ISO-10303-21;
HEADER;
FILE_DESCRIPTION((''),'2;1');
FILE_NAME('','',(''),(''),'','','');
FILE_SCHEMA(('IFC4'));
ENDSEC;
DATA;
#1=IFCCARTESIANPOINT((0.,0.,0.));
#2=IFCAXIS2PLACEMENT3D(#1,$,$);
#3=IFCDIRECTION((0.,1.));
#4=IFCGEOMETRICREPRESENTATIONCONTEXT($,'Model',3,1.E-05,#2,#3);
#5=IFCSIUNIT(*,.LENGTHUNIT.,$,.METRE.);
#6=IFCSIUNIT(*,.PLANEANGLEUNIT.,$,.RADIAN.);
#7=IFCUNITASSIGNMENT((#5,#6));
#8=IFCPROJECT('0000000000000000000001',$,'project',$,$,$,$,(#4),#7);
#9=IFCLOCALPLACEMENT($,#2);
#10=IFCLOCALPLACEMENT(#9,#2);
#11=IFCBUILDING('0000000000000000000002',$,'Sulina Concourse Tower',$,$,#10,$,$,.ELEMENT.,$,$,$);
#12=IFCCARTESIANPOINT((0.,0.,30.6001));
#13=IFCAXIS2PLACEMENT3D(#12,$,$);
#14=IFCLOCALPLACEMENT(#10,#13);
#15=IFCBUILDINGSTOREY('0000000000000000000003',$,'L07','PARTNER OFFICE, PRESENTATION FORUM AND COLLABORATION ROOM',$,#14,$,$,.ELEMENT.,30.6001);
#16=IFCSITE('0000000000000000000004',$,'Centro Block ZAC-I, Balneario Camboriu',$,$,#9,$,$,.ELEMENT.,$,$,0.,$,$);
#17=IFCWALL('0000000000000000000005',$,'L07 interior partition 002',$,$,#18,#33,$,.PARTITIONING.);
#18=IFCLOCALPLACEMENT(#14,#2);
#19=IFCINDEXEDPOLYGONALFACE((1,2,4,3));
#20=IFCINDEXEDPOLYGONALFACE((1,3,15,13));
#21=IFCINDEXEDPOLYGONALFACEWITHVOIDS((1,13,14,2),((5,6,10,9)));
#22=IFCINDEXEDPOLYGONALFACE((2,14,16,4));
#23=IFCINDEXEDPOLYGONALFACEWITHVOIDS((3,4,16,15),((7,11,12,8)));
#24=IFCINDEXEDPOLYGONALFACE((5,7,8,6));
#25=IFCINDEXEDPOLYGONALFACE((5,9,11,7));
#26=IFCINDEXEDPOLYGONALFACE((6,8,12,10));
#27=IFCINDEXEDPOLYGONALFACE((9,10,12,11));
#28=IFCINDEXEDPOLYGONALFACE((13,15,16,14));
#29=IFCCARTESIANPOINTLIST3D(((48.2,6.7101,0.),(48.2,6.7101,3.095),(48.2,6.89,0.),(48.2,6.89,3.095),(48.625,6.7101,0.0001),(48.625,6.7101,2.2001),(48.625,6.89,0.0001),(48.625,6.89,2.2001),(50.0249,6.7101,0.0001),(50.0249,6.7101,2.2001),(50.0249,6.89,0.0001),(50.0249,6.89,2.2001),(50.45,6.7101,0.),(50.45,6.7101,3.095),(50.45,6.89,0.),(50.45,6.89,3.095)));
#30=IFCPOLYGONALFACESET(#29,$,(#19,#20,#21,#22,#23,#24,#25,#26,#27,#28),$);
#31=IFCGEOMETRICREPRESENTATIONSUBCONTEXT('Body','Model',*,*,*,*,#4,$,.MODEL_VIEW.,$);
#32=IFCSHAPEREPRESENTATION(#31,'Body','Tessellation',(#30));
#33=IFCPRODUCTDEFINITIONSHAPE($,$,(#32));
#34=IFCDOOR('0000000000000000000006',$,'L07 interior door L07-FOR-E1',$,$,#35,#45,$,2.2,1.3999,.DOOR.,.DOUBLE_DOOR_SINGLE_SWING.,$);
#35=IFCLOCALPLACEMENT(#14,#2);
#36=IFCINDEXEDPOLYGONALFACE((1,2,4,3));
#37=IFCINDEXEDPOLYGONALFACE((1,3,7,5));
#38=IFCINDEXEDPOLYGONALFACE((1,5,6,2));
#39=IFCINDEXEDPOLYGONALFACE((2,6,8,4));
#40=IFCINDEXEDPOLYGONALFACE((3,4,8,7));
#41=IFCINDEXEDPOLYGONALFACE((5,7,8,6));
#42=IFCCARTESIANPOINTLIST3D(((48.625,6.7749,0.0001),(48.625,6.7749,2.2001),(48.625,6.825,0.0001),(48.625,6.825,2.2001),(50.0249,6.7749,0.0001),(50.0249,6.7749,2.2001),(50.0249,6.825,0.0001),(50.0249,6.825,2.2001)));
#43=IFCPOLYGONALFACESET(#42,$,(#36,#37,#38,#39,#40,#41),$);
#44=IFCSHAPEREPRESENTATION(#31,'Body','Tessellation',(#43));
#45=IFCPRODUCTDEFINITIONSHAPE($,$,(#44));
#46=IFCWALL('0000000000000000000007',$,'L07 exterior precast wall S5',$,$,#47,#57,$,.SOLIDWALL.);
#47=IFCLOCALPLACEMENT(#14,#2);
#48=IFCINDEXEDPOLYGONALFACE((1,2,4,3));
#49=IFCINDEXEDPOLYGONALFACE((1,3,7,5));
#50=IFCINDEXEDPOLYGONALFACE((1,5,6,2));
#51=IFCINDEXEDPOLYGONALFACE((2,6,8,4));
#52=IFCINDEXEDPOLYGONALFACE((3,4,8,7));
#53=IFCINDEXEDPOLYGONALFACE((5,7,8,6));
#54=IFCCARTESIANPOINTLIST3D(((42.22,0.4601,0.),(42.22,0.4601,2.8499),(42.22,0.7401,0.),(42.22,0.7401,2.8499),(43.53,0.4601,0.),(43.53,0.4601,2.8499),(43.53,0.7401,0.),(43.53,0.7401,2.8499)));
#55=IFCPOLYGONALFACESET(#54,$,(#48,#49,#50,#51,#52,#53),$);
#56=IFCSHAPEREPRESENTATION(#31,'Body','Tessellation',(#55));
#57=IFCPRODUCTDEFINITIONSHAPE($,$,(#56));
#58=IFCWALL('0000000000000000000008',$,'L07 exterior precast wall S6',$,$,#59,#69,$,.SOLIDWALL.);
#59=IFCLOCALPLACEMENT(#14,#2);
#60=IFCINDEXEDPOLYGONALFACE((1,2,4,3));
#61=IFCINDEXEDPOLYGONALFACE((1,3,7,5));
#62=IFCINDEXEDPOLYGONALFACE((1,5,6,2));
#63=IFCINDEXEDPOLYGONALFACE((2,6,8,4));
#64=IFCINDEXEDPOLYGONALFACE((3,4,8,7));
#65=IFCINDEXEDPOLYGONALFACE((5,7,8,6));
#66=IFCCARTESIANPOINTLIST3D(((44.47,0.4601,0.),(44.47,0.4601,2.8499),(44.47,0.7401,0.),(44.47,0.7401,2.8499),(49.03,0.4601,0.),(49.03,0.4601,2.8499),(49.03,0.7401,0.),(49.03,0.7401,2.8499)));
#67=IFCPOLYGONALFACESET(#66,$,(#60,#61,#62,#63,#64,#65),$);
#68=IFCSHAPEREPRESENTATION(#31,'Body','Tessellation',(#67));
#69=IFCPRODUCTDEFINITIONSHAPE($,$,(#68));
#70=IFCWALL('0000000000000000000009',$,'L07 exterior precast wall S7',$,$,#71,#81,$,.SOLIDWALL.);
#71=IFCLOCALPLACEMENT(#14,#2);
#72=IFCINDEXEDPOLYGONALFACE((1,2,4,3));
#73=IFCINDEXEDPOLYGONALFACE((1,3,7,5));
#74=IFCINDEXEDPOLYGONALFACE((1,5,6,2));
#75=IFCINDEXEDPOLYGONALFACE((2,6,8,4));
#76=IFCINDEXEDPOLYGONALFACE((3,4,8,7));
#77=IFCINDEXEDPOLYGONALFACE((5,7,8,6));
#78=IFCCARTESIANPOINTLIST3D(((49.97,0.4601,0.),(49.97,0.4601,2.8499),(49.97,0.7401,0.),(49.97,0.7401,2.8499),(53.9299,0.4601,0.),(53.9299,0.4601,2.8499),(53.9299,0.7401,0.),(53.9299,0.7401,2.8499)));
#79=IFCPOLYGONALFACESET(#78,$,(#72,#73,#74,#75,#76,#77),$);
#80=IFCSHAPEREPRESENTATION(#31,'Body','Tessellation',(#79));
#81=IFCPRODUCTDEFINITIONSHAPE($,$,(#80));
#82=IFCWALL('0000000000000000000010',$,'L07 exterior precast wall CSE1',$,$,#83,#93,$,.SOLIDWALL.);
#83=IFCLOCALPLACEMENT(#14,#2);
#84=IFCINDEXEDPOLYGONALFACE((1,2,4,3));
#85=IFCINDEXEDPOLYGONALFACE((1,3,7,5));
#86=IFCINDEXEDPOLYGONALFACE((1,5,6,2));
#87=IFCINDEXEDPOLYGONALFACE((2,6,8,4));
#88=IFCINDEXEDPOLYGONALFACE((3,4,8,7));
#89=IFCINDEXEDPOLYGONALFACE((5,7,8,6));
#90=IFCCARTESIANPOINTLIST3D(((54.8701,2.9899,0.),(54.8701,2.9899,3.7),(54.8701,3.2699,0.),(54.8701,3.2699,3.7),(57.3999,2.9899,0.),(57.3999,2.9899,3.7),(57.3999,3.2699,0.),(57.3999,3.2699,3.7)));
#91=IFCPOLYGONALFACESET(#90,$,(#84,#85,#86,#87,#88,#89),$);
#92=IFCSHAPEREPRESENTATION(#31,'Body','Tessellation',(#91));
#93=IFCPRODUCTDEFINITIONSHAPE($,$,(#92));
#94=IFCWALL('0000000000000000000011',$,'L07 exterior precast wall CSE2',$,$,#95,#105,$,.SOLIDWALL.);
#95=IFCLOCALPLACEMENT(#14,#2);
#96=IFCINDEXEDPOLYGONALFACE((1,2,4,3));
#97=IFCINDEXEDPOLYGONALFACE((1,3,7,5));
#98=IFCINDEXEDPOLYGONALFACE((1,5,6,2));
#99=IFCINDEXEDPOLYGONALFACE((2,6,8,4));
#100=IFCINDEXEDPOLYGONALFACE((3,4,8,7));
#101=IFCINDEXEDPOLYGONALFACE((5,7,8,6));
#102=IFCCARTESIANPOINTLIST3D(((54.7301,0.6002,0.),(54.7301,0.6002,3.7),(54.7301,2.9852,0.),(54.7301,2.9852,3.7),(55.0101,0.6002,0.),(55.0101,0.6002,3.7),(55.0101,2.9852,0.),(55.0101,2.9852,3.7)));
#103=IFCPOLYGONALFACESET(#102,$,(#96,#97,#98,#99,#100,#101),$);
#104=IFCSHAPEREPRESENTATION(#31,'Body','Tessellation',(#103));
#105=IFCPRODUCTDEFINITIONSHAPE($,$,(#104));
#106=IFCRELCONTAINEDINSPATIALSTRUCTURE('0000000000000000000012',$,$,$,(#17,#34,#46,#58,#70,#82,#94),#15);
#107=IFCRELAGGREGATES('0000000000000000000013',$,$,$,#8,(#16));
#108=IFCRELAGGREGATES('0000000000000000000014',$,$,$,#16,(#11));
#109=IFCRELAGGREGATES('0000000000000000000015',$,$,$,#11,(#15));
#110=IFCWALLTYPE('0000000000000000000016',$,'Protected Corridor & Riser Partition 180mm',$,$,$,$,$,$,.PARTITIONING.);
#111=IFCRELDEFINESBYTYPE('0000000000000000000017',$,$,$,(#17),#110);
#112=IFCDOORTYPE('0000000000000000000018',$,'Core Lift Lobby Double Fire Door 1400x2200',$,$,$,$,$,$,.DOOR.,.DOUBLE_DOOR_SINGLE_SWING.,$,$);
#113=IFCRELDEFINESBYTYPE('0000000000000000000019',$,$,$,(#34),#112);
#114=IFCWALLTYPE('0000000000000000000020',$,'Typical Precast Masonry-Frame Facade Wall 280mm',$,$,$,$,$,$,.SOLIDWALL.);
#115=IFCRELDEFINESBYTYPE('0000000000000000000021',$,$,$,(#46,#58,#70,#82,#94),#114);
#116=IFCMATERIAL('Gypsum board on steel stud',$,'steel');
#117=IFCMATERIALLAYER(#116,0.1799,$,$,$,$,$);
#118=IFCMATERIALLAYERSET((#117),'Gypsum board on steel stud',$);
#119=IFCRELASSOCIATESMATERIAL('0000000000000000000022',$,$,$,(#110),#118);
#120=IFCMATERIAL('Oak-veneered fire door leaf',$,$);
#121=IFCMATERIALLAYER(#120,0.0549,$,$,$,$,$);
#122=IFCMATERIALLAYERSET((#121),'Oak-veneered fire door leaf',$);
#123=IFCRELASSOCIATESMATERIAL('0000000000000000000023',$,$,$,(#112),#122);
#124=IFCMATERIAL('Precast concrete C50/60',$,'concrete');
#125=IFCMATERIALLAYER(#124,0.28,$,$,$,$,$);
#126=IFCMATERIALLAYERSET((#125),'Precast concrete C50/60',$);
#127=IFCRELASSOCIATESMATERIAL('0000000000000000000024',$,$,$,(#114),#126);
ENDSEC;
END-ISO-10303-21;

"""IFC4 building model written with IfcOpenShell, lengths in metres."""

from ifc_helpers import new_model, si_unit, direction, frame, frame_2d, origin, place, context, subcontext, project, spatial, rectangle, extrude, material, layer, layer_set, type_object, element, fill, save


model = new_model("IFC4")

# Units and contexts
model_context = context("Model", 3, precision=1e-05, world=origin(), true_north=direction((0.0, 1.0)))
body_context = subcontext(model_context, "Body", "Model", "MODEL_VIEW")
ifc_project = project(units=[si_unit("LENGTHUNIT", "METRE"), si_unit("PLANEANGLEUNIT", "RADIAN")], contexts=[model_context])

# Site, building, storey
site_placement = place(None, origin())
site = spatial("IfcSite", under=ifc_project, at=site_placement, Name="Centro Block ZAC-I, Balneario Camboriu", CompositionType="ELEMENT", RefElevation=0.0)
building_placement = place(site_placement, origin())
building = spatial("IfcBuilding", under=site, at=building_placement, Name="Sulina Concourse Tower", CompositionType="ELEMENT")
storey_placement = place(building_placement, frame((0.0, 0.0, 30.6001)))
storey = spatial("IfcBuildingStorey", under=building, at=storey_placement, Name="L07", Description="PARTNER OFFICE, PRESENTATION FORUM AND COLLABORATION ROOM", CompositionType="ELEMENT", Elevation=30.6001)

# Wall, opening, door
ifc_material_1 = material(Name="Gypsum board on steel stud", Category="steel")
ifc_layer_1 = layer(ifc_material_1, 0.1799)
ifc_layer_set_1 = layer_set([ifc_layer_1], Name="Gypsum board on steel stud")
wall_type_1 = type_object("IfcWallType", Name="Protected Corridor & Riser Partition 180mm", PredefinedType="PARTITIONING", material=ifc_layer_set_1)
wall_1_placement = place(storey_placement, frame((48.2, 6.8, 0.0), z_axis=(0.0, 0.0, 1.0), x_axis=(1.0, 0.0, 0.0)))
wall_1 = element("IfcWall", 1, at=wall_1_placement, inside=storey, type_object=wall_type_1, Name="L07 interior partition 002", PredefinedType="PARTITIONING", context=body_context, shape_type="SweptSolid", body=[
    extrude(rectangle(XDim=2.25, YDim=0.1799, at=frame_2d((1.125, 0.0))), origin(), (0.0, 0.0, 1.0), 3.095),
])
opening_placement = place(wall_1_placement, frame((0.425, 0.0, 0.0)))
opening = element("IfcOpeningElement", 2, at=opening_placement, cuts=wall_1, PredefinedType="OPENING", context=body_context, shape_type="SweptSolid", body=[
    extrude(rectangle(XDim=1.3999, YDim=2.2, at=frame_2d((0.7, 1.1001))), frame((0.0, 0.0999, 0.0), z_axis=(0.0, -1.0, 0.0), x_axis=(1.0, 0.0, 0.0)), (0.0, 0.0, 1.0), 0.2),
])
ifc_material_2 = material(Name="Oak-veneered fire door leaf")
ifc_layer_2 = layer(ifc_material_2, 0.0549)
ifc_layer_set_2 = layer_set([ifc_layer_2], Name="Oak-veneered fire door leaf")
door_type = type_object("IfcDoorType", Name="Core Lift Lobby Double Fire Door 1400x2200", OperationType="DOUBLE_DOOR_SINGLE_SWING", PredefinedType="DOOR", material=ifc_layer_set_2)
door_placement = place(opening_placement, origin())
door = element("IfcDoor", 3, at=door_placement, inside=storey, type_object=door_type, Name="L07 interior door L07-FOR-E1", OperationType="DOUBLE_DOOR_SINGLE_SWING", OverallHeight=2.2, OverallWidth=1.3999, PredefinedType="DOOR", context=body_context, shape_type="SweptSolid", body=[
    extrude(rectangle(XDim=1.3999, YDim=2.2, at=frame_2d((0.7, 1.1001))), frame((0.0, 0.0249, 0.0), z_axis=(0.0, -1.0, 0.0), x_axis=(1.0, 0.0, 0.0)), (0.0, 0.0, 1.0), 0.05),
])
fill(opening, door)

# Walls
ifc_material_3 = material(Name="Precast concrete C50/60", Category="concrete")
ifc_layer_3 = layer(ifc_material_3, 0.28)
ifc_layer_set_3 = layer_set([ifc_layer_3], Name="Precast concrete C50/60")
wall_type_2 = type_object("IfcWallType", Name="Typical Precast Masonry-Frame Facade Wall 280mm", PredefinedType="SOLIDWALL", material=ifc_layer_set_3)
wall_2_placement = place(storey_placement, frame((43.53, 0.6001, 0.0), z_axis=(0.0, 0.0, 1.0), x_axis=(-1.0, 0.0, 0.0)))
element("IfcWall", 4, at=wall_2_placement, inside=storey, type_object=wall_type_2, Name="L07 exterior precast wall S5", PredefinedType="SOLIDWALL", context=body_context, shape_type="SweptSolid", body=[
    extrude(rectangle(XDim=1.3101, YDim=0.28, at=frame_2d((0.655, 0.0))), origin(), (0.0, 0.0, 1.0), 2.8499),
])
wall_3_placement = place(storey_placement, frame((49.03, 0.6001, 0.0), z_axis=(0.0, 0.0, 1.0), x_axis=(-1.0, 0.0, 0.0)))
element("IfcWall", 5, at=wall_3_placement, inside=storey, type_object=wall_type_2, Name="L07 exterior precast wall S6", PredefinedType="SOLIDWALL", context=body_context, shape_type="SweptSolid", body=[
    extrude(rectangle(XDim=4.5601, YDim=0.28, at=frame_2d((2.28, 0.0))), origin(), (0.0, 0.0, 1.0), 2.8499),
])
wall_4_placement = place(storey_placement, frame((53.9299, 0.6001, 0.0), z_axis=(0.0, 0.0, 1.0), x_axis=(-1.0, 0.0, 0.0)))
element("IfcWall", 6, at=wall_4_placement, inside=storey, type_object=wall_type_2, Name="L07 exterior precast wall S7", PredefinedType="SOLIDWALL", context=body_context, shape_type="SweptSolid", body=[
    extrude(rectangle(XDim=3.96, YDim=0.28, at=frame_2d((1.98, 0.0))), origin(), (0.0, 0.0, 1.0), 2.8499),
])
wall_5_placement = place(storey_placement, frame((57.3999, 3.1299, 0.0), z_axis=(0.0, 0.0, 1.0), x_axis=(-1.0, 0.0, 0.0)))
element("IfcWall", 7, at=wall_5_placement, inside=storey, type_object=wall_type_2, Name="L07 exterior precast wall CSE1", PredefinedType="SOLIDWALL", context=body_context, shape_type="SweptSolid", body=[
    extrude(rectangle(XDim=2.5298, YDim=0.28, at=frame_2d((1.2649, 0.0))), origin(), (0.0, 0.0, 1.0), 3.7),
])
wall_6_placement = place(storey_placement, frame((54.8701, 2.9851, 0.0), z_axis=(0.0, 0.0, 1.0), x_axis=(0.0, -1.0, 0.0)))
element("IfcWall", 8, at=wall_6_placement, inside=storey, type_object=wall_type_2, Name="L07 exterior precast wall CSE2", PredefinedType="SOLIDWALL", context=body_context, shape_type="SweptSolid", body=[
    extrude(rectangle(XDim=2.385, YDim=0.28, at=frame_2d((1.1924, 0.0))), origin(), (0.0, 0.0, 1.0), 3.7),
])

save(model, "model.ifc")
